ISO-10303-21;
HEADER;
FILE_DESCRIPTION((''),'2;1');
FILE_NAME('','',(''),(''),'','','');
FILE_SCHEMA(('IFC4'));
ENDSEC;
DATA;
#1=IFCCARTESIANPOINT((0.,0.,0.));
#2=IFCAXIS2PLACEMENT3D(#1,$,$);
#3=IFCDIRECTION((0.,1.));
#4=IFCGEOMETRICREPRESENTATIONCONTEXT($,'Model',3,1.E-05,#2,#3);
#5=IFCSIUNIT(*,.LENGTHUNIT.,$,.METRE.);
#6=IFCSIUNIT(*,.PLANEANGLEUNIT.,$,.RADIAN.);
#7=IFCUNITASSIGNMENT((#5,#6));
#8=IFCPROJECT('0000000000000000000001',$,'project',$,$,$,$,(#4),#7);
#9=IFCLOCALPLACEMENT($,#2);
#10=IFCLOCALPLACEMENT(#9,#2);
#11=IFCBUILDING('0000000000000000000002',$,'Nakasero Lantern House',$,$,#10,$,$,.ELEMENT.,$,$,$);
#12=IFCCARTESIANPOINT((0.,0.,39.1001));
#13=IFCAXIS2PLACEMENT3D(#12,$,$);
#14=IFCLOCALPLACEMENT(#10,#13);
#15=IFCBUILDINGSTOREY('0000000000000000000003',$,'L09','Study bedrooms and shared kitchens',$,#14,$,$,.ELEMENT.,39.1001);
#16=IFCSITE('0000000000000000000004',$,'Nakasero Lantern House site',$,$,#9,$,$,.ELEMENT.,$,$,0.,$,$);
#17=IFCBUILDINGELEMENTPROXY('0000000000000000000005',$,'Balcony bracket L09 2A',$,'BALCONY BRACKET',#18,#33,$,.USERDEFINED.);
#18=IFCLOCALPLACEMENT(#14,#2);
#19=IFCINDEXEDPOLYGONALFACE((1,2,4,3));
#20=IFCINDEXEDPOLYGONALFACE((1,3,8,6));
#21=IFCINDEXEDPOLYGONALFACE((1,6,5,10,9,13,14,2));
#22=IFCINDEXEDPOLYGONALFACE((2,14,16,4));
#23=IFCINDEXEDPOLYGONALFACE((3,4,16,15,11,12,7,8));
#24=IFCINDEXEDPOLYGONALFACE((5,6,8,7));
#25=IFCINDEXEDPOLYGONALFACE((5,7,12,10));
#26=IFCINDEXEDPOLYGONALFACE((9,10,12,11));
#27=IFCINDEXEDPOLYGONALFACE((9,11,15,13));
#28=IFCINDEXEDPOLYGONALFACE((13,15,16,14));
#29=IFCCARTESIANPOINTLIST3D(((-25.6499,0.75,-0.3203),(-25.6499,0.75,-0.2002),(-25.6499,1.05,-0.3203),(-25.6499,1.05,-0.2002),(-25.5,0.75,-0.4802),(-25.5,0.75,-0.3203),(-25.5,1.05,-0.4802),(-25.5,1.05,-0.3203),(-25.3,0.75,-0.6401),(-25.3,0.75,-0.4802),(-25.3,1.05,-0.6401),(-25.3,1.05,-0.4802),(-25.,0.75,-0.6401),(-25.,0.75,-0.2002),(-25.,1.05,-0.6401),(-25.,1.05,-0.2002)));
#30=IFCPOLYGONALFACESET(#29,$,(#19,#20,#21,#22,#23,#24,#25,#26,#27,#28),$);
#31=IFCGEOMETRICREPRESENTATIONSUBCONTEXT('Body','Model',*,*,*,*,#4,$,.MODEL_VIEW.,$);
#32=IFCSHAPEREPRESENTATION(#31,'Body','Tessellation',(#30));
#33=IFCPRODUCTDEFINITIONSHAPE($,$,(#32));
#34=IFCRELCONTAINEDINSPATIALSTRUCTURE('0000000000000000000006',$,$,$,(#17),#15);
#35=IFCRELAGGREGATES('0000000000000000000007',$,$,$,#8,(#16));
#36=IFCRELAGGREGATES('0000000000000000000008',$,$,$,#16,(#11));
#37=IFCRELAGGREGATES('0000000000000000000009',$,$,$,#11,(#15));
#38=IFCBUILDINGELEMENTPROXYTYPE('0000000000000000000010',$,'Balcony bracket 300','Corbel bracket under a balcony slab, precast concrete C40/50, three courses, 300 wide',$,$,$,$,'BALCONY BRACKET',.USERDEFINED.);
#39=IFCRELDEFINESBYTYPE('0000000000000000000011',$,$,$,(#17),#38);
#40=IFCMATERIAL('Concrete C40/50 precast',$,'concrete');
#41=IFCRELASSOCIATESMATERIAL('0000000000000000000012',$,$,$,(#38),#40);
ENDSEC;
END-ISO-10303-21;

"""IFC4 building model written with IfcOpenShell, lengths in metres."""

from ifc_helpers import new_model, si_unit, direction, frame, origin, place, context, subcontext, project, spatial, polyline, outline, extrude, material, type_object, element, save


model = new_model("IFC4")

# Units and contexts
model_context = context("Model", 3, precision=1e-05, world=origin(), true_north=direction((0.0, 1.0)))
body_context = subcontext(model_context, "Body", "Model", "MODEL_VIEW")
ifc_project = project(units=[si_unit("LENGTHUNIT", "METRE"), si_unit("PLANEANGLEUNIT", "RADIAN")], contexts=[model_context])

# Site, building, storey
site_placement = place(None, origin())
site = spatial("IfcSite", under=ifc_project, at=site_placement, Name="Nakasero Lantern House site", CompositionType="ELEMENT", RefElevation=0.0)
building_placement = place(site_placement, origin())
building = spatial("IfcBuilding", under=site, at=building_placement, Name="Nakasero Lantern House", CompositionType="ELEMENT")
storey_placement = place(building_placement, frame((0.0, 0.0, 39.1001)))
storey = spatial("IfcBuildingStorey", under=building, at=storey_placement, Name="L09", Description="Study bedrooms and shared kitchens", CompositionType="ELEMENT", Elevation=39.1001)

# Building element proxy
ifc_material_1 = material(Name="Concrete C40/50 precast", Category="concrete")
building_element_proxy_type = type_object("IfcBuildingElementProxyType", Name="Balcony bracket 300", Description="Corbel bracket under a balcony slab, precast concrete C40/50, three courses, 300 wide", ElementType="BALCONY BRACKET", PredefinedType="USERDEFINED", material=ifc_material_1)
proxy_placement = place(storey_placement, frame((-25.0, 0.8999, -0.2002), z_axis=(0.0, 0.0, 1.0), x_axis=(-1.0, 0.0, 0.0)))
element("IfcBuildingElementProxy", 1, at=proxy_placement, inside=storey, type_object=building_element_proxy_type, Name="Balcony bracket L09 2A", ObjectType="BALCONY BRACKET", PredefinedType="USERDEFINED", context=body_context, shape_type="SweptSolid", body=[
    extrude(outline(polyline([(0.0, 0.0), (0.6499, 0.0), (0.6499, -0.1201), (0.5, -0.1201), (0.5, -0.28), (0.3, -0.28), (0.3, -0.4399), (0.0, -0.4399), (0.0, 0.0)])), frame((0.0, 0.1499, 0.0), z_axis=(0.0, -1.0, 0.0), x_axis=(1.0, 0.0, 0.0)), (0.0, 0.0, 1.0), 0.3),
])

save(model, "model.ifc")
